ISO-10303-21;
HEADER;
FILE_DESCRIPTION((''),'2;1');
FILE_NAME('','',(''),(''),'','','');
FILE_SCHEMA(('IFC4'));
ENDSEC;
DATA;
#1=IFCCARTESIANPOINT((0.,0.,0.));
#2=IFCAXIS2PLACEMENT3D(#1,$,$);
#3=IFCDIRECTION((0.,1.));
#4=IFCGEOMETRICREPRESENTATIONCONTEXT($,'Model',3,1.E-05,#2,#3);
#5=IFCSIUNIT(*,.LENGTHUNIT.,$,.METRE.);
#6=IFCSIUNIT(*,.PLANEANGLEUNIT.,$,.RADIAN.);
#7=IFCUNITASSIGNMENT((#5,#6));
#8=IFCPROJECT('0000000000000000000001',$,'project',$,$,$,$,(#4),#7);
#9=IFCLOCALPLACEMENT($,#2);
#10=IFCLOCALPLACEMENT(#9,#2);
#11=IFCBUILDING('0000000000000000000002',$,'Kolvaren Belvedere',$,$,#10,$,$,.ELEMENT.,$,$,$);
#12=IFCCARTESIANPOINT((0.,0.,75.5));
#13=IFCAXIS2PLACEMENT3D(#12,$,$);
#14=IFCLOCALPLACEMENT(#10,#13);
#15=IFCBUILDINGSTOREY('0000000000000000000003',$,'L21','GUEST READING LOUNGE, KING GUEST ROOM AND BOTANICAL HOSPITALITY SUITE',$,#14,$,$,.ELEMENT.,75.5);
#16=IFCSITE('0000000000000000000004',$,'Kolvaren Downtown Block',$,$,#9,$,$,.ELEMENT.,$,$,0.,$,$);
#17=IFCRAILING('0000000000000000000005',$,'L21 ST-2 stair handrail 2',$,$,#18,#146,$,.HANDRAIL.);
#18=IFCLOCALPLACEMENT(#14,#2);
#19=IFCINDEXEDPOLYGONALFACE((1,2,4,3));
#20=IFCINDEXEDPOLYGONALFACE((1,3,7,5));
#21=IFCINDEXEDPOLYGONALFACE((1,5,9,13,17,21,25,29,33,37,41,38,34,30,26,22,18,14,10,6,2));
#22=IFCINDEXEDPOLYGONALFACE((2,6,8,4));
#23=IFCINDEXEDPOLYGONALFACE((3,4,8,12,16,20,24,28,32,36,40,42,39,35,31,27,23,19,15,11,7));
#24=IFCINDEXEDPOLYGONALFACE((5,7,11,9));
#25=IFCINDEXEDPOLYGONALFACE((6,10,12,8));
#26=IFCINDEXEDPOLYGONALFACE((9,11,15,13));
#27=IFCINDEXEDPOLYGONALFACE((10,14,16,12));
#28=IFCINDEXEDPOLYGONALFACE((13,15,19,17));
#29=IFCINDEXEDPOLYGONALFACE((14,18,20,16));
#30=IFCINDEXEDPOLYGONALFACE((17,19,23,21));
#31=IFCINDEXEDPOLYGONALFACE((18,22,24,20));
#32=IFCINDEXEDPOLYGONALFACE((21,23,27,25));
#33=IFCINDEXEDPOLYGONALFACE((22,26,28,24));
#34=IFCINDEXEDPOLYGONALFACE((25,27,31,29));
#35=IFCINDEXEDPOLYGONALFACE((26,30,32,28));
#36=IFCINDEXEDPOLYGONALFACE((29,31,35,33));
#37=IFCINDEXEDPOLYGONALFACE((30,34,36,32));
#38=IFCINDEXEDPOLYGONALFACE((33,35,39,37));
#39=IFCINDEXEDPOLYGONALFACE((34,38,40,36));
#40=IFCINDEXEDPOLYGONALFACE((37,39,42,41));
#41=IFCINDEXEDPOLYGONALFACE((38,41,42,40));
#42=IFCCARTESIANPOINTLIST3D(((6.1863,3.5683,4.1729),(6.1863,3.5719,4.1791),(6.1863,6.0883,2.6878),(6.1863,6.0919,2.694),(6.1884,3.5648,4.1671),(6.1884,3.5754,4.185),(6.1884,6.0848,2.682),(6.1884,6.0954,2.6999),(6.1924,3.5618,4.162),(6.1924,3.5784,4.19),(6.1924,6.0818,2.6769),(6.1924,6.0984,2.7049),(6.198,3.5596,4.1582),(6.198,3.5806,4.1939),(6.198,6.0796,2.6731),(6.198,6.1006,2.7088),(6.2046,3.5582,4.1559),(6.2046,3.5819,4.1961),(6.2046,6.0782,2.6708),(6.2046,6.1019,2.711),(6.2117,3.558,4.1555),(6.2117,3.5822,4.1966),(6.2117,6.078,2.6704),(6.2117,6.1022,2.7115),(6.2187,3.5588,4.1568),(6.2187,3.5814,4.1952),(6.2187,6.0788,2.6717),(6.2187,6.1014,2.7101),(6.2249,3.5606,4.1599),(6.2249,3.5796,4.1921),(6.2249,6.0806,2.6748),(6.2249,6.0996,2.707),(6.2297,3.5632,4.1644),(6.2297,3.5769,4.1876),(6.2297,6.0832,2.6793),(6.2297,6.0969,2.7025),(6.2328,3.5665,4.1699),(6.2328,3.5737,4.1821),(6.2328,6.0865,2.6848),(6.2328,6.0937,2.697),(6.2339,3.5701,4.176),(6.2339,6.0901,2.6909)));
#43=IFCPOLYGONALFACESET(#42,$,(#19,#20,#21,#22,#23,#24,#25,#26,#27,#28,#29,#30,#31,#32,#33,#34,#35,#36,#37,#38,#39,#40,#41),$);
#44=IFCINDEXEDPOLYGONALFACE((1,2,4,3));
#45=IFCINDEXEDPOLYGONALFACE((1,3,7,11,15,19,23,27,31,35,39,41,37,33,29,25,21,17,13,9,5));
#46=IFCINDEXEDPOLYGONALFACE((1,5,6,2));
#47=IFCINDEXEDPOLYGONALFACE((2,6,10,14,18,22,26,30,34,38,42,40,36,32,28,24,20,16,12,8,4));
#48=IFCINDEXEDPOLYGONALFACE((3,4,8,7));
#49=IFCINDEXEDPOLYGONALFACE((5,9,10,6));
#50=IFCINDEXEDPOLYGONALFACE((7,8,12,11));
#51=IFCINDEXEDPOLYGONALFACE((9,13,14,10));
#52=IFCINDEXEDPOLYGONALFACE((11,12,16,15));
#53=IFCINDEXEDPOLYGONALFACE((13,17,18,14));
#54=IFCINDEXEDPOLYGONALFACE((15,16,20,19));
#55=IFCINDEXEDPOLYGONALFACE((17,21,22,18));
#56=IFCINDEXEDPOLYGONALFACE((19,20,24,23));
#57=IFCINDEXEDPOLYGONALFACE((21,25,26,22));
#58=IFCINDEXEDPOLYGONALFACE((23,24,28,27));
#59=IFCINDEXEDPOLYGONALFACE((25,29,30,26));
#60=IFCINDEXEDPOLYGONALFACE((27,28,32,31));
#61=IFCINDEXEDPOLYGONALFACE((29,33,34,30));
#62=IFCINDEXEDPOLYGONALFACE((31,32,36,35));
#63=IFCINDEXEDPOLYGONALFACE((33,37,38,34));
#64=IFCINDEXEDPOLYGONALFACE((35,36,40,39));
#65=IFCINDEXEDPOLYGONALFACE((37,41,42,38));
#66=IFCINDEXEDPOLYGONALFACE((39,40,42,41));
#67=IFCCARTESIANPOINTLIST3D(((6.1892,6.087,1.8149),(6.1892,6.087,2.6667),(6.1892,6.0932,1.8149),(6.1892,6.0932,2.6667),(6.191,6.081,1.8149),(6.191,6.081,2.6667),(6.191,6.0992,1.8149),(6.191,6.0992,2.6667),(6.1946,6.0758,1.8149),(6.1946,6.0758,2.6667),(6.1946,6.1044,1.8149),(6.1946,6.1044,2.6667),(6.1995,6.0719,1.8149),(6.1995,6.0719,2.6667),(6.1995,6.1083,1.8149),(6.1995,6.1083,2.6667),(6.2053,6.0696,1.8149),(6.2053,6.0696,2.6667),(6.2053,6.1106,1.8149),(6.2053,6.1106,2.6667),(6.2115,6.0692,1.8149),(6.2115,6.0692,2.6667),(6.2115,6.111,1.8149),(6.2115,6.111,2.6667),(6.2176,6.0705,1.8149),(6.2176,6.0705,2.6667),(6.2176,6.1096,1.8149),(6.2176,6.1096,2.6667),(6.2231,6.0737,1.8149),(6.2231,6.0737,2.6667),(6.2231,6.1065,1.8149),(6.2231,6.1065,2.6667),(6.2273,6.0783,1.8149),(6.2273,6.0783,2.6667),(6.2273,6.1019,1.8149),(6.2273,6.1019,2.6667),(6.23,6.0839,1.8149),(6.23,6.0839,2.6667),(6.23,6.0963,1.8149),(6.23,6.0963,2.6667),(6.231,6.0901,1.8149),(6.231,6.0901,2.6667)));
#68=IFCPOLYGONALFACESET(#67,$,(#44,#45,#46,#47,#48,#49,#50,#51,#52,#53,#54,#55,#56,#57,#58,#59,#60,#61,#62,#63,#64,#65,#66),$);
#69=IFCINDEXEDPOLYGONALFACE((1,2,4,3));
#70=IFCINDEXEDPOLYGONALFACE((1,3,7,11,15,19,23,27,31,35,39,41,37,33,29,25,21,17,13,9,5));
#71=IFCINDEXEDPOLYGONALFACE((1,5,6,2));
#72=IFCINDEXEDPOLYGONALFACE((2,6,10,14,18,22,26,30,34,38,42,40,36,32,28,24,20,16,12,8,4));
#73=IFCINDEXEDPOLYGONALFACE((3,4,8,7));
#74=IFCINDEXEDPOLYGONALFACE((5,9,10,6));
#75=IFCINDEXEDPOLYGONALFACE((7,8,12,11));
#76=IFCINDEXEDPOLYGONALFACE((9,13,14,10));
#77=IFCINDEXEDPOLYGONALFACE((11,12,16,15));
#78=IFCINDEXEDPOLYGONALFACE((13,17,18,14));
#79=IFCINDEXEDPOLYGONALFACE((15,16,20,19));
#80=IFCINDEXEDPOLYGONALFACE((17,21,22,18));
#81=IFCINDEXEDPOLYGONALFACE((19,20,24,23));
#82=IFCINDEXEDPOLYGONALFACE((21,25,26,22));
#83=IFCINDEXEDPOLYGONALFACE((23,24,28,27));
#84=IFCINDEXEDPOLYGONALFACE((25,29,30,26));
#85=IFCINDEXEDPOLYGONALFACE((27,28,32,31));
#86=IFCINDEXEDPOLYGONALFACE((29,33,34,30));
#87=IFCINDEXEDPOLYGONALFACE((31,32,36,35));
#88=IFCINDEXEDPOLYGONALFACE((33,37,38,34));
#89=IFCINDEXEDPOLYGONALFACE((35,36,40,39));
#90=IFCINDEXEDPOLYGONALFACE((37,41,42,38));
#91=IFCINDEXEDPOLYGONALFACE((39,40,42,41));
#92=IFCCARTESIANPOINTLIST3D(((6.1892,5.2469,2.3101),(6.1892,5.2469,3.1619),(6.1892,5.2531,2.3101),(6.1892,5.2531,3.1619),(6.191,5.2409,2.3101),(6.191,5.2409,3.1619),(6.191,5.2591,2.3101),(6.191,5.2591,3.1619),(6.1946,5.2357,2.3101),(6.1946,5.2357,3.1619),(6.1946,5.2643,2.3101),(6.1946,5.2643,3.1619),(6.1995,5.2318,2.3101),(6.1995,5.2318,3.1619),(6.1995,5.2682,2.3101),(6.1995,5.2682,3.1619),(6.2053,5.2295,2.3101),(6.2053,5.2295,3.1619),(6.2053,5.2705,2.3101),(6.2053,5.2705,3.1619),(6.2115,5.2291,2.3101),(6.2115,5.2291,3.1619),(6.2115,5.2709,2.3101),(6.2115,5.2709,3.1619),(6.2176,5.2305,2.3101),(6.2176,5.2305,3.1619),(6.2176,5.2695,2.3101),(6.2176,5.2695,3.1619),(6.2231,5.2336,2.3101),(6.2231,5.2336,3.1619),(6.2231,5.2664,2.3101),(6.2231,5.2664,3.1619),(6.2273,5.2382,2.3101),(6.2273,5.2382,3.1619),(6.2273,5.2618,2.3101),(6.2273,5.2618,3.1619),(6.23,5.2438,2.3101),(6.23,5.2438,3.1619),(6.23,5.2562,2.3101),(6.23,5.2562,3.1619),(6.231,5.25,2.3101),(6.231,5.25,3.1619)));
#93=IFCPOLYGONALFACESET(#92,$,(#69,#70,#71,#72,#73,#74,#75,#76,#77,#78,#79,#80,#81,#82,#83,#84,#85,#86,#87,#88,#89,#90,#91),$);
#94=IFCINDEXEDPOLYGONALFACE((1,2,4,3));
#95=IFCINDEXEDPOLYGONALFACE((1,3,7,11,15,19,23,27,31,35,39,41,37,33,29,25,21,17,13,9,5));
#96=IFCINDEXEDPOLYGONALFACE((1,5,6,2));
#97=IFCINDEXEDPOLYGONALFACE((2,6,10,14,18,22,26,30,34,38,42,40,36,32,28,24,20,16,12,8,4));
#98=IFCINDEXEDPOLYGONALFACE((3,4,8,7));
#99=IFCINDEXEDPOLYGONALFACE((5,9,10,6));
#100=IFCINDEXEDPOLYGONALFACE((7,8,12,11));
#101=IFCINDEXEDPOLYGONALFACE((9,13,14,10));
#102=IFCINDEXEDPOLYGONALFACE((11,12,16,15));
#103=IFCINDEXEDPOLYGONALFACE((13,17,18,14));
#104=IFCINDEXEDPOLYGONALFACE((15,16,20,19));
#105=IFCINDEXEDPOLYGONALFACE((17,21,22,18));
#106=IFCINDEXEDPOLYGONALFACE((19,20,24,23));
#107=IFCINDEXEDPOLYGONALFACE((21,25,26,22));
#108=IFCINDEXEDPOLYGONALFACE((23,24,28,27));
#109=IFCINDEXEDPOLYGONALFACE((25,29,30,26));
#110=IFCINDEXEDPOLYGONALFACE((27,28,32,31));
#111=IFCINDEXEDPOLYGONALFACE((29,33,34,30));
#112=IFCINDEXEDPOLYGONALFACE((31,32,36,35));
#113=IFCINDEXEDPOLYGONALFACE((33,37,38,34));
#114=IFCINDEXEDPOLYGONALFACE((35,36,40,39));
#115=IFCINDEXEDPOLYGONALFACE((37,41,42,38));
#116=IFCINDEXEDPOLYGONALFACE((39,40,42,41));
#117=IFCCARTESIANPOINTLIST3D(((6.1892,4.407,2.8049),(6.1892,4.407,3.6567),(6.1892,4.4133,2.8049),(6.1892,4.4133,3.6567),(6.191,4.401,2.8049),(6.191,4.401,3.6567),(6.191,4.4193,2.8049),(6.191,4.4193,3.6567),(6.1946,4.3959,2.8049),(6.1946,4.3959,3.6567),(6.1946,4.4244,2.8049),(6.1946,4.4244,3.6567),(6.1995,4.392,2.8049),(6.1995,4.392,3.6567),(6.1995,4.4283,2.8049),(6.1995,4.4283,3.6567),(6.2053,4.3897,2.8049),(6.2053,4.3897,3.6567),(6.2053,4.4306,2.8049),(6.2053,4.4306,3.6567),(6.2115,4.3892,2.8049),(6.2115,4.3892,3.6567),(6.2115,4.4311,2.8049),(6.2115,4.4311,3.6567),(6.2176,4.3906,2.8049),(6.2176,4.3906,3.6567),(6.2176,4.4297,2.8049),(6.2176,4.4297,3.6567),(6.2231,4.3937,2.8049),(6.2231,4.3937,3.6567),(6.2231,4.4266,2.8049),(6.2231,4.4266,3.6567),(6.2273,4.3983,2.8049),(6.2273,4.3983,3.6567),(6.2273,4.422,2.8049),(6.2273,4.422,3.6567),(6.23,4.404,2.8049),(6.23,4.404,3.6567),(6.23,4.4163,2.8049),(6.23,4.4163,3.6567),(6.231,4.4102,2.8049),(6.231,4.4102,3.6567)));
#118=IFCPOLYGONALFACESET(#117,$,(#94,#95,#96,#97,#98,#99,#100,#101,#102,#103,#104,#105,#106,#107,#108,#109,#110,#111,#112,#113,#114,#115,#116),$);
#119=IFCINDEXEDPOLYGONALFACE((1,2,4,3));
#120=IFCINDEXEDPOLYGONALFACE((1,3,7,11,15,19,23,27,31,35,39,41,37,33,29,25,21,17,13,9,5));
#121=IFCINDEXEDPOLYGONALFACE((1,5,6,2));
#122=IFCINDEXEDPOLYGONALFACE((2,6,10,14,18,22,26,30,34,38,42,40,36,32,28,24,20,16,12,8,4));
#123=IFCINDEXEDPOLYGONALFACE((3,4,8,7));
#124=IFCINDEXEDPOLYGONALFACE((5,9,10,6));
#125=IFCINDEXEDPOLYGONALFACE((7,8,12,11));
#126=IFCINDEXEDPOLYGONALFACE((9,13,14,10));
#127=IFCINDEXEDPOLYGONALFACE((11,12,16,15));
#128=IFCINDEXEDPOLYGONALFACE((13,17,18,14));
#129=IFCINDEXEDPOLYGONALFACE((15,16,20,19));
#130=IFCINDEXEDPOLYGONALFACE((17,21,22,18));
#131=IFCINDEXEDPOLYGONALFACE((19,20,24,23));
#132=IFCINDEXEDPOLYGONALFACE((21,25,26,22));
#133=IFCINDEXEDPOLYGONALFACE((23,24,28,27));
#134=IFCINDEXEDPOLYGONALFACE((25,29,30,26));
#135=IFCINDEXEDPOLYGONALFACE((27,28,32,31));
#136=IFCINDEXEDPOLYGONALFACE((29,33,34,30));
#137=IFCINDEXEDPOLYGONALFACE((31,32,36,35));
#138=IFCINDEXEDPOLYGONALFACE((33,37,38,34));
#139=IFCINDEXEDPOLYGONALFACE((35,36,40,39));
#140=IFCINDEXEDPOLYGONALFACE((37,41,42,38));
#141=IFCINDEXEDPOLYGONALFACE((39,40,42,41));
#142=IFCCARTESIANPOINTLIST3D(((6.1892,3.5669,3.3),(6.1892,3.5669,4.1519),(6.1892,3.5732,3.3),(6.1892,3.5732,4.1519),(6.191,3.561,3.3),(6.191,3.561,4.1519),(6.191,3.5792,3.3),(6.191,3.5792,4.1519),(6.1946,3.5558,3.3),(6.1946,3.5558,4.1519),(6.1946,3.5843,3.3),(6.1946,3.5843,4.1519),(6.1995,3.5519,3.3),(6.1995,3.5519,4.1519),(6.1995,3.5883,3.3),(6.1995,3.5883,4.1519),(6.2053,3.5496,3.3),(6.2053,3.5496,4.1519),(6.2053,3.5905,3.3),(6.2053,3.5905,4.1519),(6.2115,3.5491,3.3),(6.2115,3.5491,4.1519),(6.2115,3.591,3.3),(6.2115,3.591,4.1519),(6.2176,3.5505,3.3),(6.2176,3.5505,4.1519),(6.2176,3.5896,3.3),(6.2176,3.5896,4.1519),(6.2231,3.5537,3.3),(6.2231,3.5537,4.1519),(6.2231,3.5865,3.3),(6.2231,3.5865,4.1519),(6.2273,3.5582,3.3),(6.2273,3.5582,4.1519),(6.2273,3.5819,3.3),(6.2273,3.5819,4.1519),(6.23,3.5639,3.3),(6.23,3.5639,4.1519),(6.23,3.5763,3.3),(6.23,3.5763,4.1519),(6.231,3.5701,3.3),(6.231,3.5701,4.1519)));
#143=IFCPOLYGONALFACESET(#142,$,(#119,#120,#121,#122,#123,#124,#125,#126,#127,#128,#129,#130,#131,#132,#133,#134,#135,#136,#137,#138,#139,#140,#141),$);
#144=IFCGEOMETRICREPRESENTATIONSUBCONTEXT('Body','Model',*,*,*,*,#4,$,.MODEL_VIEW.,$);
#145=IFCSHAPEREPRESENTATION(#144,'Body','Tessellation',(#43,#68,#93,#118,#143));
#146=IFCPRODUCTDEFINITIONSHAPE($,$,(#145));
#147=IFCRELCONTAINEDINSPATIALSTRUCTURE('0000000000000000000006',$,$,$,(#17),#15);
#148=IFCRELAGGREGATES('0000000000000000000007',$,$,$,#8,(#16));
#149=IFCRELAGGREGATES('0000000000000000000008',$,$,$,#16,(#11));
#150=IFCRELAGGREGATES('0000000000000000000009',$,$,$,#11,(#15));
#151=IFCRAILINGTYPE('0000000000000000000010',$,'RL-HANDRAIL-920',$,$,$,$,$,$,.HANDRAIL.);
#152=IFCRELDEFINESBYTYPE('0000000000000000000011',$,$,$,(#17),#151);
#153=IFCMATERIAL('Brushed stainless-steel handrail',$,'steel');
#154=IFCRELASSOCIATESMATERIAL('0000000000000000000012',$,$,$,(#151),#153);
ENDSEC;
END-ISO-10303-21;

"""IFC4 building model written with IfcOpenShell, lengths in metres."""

from ifc_helpers import new_model, si_unit, direction, frame, origin, origin_2d, place, context, subcontext, project, spatial, circle, extrude, material, type_object, element, save


model = new_model("IFC4")

# Units and contexts
model_context = context("Model", 3, precision=1e-05, world=origin(), true_north=direction((0.0, 1.0)))
body_context = subcontext(model_context, "Body", "Model", "MODEL_VIEW")
ifc_project = project(units=[si_unit("LENGTHUNIT", "METRE"), si_unit("PLANEANGLEUNIT", "RADIAN")], contexts=[model_context])

# Site, building, storey
site_placement = place(None, origin())
site = spatial("IfcSite", under=ifc_project, at=site_placement, Name="Kolvaren Downtown Block", CompositionType="ELEMENT", RefElevation=0.0)
building_placement = place(site_placement, origin())
building = spatial("IfcBuilding", under=site, at=building_placement, Name="Kolvaren Belvedere", CompositionType="ELEMENT")
storey_placement = place(building_placement, frame((0.0, 0.0, 75.5)))
storey = spatial("IfcBuildingStorey", under=building, at=storey_placement, Name="L21", Description="GUEST READING LOUNGE, KING GUEST ROOM AND BOTANICAL HOSPITALITY SUITE", CompositionType="ELEMENT", Elevation=75.5)

# Railing
ifc_material_1 = material(Name="Brushed stainless-steel handrail", Category="steel")
railing_type_1 = type_object("IfcRailingType", Name="RL-HANDRAIL-920", PredefinedType="HANDRAIL", material=ifc_material_1)
railing_1_placement = place(storey_placement, frame((6.21, 6.0901, 1.8149)))
element("IfcRailing", 1, at=railing_1_placement, inside=storey, type_object=railing_type_1, Name="L21 ST-2 stair handrail 2", PredefinedType="HANDRAIL", context=body_context, shape_type="SweptSolid", body=[
    extrude(circle(Radius=0.0239, at=origin_2d()), frame((0.0, 0.0, 0.876), z_axis=(0.0, -0.861524, 0.507717), x_axis=(1.0, 0.0, 0.0)), (0.0, 0.0, 1.0), 2.925),
    extrude(circle(Radius=0.021, at=origin_2d()), origin(), (0.0, 0.0, 1.0), 0.8518),
    extrude(circle(Radius=0.021, at=origin_2d()), frame((0.0, -0.8401, 0.4951)), (0.0, 0.0, 1.0), 0.8518),
    extrude(circle(Radius=0.021, at=origin_2d()), frame((0.0, -1.6799, 0.99)), (0.0, 0.0, 1.0), 0.8518),
    extrude(circle(Radius=0.021, at=origin_2d()), frame((0.0, -2.52, 1.4851)), (0.0, 0.0, 1.0), 0.8518),
])

save(model, "model.ifc")
